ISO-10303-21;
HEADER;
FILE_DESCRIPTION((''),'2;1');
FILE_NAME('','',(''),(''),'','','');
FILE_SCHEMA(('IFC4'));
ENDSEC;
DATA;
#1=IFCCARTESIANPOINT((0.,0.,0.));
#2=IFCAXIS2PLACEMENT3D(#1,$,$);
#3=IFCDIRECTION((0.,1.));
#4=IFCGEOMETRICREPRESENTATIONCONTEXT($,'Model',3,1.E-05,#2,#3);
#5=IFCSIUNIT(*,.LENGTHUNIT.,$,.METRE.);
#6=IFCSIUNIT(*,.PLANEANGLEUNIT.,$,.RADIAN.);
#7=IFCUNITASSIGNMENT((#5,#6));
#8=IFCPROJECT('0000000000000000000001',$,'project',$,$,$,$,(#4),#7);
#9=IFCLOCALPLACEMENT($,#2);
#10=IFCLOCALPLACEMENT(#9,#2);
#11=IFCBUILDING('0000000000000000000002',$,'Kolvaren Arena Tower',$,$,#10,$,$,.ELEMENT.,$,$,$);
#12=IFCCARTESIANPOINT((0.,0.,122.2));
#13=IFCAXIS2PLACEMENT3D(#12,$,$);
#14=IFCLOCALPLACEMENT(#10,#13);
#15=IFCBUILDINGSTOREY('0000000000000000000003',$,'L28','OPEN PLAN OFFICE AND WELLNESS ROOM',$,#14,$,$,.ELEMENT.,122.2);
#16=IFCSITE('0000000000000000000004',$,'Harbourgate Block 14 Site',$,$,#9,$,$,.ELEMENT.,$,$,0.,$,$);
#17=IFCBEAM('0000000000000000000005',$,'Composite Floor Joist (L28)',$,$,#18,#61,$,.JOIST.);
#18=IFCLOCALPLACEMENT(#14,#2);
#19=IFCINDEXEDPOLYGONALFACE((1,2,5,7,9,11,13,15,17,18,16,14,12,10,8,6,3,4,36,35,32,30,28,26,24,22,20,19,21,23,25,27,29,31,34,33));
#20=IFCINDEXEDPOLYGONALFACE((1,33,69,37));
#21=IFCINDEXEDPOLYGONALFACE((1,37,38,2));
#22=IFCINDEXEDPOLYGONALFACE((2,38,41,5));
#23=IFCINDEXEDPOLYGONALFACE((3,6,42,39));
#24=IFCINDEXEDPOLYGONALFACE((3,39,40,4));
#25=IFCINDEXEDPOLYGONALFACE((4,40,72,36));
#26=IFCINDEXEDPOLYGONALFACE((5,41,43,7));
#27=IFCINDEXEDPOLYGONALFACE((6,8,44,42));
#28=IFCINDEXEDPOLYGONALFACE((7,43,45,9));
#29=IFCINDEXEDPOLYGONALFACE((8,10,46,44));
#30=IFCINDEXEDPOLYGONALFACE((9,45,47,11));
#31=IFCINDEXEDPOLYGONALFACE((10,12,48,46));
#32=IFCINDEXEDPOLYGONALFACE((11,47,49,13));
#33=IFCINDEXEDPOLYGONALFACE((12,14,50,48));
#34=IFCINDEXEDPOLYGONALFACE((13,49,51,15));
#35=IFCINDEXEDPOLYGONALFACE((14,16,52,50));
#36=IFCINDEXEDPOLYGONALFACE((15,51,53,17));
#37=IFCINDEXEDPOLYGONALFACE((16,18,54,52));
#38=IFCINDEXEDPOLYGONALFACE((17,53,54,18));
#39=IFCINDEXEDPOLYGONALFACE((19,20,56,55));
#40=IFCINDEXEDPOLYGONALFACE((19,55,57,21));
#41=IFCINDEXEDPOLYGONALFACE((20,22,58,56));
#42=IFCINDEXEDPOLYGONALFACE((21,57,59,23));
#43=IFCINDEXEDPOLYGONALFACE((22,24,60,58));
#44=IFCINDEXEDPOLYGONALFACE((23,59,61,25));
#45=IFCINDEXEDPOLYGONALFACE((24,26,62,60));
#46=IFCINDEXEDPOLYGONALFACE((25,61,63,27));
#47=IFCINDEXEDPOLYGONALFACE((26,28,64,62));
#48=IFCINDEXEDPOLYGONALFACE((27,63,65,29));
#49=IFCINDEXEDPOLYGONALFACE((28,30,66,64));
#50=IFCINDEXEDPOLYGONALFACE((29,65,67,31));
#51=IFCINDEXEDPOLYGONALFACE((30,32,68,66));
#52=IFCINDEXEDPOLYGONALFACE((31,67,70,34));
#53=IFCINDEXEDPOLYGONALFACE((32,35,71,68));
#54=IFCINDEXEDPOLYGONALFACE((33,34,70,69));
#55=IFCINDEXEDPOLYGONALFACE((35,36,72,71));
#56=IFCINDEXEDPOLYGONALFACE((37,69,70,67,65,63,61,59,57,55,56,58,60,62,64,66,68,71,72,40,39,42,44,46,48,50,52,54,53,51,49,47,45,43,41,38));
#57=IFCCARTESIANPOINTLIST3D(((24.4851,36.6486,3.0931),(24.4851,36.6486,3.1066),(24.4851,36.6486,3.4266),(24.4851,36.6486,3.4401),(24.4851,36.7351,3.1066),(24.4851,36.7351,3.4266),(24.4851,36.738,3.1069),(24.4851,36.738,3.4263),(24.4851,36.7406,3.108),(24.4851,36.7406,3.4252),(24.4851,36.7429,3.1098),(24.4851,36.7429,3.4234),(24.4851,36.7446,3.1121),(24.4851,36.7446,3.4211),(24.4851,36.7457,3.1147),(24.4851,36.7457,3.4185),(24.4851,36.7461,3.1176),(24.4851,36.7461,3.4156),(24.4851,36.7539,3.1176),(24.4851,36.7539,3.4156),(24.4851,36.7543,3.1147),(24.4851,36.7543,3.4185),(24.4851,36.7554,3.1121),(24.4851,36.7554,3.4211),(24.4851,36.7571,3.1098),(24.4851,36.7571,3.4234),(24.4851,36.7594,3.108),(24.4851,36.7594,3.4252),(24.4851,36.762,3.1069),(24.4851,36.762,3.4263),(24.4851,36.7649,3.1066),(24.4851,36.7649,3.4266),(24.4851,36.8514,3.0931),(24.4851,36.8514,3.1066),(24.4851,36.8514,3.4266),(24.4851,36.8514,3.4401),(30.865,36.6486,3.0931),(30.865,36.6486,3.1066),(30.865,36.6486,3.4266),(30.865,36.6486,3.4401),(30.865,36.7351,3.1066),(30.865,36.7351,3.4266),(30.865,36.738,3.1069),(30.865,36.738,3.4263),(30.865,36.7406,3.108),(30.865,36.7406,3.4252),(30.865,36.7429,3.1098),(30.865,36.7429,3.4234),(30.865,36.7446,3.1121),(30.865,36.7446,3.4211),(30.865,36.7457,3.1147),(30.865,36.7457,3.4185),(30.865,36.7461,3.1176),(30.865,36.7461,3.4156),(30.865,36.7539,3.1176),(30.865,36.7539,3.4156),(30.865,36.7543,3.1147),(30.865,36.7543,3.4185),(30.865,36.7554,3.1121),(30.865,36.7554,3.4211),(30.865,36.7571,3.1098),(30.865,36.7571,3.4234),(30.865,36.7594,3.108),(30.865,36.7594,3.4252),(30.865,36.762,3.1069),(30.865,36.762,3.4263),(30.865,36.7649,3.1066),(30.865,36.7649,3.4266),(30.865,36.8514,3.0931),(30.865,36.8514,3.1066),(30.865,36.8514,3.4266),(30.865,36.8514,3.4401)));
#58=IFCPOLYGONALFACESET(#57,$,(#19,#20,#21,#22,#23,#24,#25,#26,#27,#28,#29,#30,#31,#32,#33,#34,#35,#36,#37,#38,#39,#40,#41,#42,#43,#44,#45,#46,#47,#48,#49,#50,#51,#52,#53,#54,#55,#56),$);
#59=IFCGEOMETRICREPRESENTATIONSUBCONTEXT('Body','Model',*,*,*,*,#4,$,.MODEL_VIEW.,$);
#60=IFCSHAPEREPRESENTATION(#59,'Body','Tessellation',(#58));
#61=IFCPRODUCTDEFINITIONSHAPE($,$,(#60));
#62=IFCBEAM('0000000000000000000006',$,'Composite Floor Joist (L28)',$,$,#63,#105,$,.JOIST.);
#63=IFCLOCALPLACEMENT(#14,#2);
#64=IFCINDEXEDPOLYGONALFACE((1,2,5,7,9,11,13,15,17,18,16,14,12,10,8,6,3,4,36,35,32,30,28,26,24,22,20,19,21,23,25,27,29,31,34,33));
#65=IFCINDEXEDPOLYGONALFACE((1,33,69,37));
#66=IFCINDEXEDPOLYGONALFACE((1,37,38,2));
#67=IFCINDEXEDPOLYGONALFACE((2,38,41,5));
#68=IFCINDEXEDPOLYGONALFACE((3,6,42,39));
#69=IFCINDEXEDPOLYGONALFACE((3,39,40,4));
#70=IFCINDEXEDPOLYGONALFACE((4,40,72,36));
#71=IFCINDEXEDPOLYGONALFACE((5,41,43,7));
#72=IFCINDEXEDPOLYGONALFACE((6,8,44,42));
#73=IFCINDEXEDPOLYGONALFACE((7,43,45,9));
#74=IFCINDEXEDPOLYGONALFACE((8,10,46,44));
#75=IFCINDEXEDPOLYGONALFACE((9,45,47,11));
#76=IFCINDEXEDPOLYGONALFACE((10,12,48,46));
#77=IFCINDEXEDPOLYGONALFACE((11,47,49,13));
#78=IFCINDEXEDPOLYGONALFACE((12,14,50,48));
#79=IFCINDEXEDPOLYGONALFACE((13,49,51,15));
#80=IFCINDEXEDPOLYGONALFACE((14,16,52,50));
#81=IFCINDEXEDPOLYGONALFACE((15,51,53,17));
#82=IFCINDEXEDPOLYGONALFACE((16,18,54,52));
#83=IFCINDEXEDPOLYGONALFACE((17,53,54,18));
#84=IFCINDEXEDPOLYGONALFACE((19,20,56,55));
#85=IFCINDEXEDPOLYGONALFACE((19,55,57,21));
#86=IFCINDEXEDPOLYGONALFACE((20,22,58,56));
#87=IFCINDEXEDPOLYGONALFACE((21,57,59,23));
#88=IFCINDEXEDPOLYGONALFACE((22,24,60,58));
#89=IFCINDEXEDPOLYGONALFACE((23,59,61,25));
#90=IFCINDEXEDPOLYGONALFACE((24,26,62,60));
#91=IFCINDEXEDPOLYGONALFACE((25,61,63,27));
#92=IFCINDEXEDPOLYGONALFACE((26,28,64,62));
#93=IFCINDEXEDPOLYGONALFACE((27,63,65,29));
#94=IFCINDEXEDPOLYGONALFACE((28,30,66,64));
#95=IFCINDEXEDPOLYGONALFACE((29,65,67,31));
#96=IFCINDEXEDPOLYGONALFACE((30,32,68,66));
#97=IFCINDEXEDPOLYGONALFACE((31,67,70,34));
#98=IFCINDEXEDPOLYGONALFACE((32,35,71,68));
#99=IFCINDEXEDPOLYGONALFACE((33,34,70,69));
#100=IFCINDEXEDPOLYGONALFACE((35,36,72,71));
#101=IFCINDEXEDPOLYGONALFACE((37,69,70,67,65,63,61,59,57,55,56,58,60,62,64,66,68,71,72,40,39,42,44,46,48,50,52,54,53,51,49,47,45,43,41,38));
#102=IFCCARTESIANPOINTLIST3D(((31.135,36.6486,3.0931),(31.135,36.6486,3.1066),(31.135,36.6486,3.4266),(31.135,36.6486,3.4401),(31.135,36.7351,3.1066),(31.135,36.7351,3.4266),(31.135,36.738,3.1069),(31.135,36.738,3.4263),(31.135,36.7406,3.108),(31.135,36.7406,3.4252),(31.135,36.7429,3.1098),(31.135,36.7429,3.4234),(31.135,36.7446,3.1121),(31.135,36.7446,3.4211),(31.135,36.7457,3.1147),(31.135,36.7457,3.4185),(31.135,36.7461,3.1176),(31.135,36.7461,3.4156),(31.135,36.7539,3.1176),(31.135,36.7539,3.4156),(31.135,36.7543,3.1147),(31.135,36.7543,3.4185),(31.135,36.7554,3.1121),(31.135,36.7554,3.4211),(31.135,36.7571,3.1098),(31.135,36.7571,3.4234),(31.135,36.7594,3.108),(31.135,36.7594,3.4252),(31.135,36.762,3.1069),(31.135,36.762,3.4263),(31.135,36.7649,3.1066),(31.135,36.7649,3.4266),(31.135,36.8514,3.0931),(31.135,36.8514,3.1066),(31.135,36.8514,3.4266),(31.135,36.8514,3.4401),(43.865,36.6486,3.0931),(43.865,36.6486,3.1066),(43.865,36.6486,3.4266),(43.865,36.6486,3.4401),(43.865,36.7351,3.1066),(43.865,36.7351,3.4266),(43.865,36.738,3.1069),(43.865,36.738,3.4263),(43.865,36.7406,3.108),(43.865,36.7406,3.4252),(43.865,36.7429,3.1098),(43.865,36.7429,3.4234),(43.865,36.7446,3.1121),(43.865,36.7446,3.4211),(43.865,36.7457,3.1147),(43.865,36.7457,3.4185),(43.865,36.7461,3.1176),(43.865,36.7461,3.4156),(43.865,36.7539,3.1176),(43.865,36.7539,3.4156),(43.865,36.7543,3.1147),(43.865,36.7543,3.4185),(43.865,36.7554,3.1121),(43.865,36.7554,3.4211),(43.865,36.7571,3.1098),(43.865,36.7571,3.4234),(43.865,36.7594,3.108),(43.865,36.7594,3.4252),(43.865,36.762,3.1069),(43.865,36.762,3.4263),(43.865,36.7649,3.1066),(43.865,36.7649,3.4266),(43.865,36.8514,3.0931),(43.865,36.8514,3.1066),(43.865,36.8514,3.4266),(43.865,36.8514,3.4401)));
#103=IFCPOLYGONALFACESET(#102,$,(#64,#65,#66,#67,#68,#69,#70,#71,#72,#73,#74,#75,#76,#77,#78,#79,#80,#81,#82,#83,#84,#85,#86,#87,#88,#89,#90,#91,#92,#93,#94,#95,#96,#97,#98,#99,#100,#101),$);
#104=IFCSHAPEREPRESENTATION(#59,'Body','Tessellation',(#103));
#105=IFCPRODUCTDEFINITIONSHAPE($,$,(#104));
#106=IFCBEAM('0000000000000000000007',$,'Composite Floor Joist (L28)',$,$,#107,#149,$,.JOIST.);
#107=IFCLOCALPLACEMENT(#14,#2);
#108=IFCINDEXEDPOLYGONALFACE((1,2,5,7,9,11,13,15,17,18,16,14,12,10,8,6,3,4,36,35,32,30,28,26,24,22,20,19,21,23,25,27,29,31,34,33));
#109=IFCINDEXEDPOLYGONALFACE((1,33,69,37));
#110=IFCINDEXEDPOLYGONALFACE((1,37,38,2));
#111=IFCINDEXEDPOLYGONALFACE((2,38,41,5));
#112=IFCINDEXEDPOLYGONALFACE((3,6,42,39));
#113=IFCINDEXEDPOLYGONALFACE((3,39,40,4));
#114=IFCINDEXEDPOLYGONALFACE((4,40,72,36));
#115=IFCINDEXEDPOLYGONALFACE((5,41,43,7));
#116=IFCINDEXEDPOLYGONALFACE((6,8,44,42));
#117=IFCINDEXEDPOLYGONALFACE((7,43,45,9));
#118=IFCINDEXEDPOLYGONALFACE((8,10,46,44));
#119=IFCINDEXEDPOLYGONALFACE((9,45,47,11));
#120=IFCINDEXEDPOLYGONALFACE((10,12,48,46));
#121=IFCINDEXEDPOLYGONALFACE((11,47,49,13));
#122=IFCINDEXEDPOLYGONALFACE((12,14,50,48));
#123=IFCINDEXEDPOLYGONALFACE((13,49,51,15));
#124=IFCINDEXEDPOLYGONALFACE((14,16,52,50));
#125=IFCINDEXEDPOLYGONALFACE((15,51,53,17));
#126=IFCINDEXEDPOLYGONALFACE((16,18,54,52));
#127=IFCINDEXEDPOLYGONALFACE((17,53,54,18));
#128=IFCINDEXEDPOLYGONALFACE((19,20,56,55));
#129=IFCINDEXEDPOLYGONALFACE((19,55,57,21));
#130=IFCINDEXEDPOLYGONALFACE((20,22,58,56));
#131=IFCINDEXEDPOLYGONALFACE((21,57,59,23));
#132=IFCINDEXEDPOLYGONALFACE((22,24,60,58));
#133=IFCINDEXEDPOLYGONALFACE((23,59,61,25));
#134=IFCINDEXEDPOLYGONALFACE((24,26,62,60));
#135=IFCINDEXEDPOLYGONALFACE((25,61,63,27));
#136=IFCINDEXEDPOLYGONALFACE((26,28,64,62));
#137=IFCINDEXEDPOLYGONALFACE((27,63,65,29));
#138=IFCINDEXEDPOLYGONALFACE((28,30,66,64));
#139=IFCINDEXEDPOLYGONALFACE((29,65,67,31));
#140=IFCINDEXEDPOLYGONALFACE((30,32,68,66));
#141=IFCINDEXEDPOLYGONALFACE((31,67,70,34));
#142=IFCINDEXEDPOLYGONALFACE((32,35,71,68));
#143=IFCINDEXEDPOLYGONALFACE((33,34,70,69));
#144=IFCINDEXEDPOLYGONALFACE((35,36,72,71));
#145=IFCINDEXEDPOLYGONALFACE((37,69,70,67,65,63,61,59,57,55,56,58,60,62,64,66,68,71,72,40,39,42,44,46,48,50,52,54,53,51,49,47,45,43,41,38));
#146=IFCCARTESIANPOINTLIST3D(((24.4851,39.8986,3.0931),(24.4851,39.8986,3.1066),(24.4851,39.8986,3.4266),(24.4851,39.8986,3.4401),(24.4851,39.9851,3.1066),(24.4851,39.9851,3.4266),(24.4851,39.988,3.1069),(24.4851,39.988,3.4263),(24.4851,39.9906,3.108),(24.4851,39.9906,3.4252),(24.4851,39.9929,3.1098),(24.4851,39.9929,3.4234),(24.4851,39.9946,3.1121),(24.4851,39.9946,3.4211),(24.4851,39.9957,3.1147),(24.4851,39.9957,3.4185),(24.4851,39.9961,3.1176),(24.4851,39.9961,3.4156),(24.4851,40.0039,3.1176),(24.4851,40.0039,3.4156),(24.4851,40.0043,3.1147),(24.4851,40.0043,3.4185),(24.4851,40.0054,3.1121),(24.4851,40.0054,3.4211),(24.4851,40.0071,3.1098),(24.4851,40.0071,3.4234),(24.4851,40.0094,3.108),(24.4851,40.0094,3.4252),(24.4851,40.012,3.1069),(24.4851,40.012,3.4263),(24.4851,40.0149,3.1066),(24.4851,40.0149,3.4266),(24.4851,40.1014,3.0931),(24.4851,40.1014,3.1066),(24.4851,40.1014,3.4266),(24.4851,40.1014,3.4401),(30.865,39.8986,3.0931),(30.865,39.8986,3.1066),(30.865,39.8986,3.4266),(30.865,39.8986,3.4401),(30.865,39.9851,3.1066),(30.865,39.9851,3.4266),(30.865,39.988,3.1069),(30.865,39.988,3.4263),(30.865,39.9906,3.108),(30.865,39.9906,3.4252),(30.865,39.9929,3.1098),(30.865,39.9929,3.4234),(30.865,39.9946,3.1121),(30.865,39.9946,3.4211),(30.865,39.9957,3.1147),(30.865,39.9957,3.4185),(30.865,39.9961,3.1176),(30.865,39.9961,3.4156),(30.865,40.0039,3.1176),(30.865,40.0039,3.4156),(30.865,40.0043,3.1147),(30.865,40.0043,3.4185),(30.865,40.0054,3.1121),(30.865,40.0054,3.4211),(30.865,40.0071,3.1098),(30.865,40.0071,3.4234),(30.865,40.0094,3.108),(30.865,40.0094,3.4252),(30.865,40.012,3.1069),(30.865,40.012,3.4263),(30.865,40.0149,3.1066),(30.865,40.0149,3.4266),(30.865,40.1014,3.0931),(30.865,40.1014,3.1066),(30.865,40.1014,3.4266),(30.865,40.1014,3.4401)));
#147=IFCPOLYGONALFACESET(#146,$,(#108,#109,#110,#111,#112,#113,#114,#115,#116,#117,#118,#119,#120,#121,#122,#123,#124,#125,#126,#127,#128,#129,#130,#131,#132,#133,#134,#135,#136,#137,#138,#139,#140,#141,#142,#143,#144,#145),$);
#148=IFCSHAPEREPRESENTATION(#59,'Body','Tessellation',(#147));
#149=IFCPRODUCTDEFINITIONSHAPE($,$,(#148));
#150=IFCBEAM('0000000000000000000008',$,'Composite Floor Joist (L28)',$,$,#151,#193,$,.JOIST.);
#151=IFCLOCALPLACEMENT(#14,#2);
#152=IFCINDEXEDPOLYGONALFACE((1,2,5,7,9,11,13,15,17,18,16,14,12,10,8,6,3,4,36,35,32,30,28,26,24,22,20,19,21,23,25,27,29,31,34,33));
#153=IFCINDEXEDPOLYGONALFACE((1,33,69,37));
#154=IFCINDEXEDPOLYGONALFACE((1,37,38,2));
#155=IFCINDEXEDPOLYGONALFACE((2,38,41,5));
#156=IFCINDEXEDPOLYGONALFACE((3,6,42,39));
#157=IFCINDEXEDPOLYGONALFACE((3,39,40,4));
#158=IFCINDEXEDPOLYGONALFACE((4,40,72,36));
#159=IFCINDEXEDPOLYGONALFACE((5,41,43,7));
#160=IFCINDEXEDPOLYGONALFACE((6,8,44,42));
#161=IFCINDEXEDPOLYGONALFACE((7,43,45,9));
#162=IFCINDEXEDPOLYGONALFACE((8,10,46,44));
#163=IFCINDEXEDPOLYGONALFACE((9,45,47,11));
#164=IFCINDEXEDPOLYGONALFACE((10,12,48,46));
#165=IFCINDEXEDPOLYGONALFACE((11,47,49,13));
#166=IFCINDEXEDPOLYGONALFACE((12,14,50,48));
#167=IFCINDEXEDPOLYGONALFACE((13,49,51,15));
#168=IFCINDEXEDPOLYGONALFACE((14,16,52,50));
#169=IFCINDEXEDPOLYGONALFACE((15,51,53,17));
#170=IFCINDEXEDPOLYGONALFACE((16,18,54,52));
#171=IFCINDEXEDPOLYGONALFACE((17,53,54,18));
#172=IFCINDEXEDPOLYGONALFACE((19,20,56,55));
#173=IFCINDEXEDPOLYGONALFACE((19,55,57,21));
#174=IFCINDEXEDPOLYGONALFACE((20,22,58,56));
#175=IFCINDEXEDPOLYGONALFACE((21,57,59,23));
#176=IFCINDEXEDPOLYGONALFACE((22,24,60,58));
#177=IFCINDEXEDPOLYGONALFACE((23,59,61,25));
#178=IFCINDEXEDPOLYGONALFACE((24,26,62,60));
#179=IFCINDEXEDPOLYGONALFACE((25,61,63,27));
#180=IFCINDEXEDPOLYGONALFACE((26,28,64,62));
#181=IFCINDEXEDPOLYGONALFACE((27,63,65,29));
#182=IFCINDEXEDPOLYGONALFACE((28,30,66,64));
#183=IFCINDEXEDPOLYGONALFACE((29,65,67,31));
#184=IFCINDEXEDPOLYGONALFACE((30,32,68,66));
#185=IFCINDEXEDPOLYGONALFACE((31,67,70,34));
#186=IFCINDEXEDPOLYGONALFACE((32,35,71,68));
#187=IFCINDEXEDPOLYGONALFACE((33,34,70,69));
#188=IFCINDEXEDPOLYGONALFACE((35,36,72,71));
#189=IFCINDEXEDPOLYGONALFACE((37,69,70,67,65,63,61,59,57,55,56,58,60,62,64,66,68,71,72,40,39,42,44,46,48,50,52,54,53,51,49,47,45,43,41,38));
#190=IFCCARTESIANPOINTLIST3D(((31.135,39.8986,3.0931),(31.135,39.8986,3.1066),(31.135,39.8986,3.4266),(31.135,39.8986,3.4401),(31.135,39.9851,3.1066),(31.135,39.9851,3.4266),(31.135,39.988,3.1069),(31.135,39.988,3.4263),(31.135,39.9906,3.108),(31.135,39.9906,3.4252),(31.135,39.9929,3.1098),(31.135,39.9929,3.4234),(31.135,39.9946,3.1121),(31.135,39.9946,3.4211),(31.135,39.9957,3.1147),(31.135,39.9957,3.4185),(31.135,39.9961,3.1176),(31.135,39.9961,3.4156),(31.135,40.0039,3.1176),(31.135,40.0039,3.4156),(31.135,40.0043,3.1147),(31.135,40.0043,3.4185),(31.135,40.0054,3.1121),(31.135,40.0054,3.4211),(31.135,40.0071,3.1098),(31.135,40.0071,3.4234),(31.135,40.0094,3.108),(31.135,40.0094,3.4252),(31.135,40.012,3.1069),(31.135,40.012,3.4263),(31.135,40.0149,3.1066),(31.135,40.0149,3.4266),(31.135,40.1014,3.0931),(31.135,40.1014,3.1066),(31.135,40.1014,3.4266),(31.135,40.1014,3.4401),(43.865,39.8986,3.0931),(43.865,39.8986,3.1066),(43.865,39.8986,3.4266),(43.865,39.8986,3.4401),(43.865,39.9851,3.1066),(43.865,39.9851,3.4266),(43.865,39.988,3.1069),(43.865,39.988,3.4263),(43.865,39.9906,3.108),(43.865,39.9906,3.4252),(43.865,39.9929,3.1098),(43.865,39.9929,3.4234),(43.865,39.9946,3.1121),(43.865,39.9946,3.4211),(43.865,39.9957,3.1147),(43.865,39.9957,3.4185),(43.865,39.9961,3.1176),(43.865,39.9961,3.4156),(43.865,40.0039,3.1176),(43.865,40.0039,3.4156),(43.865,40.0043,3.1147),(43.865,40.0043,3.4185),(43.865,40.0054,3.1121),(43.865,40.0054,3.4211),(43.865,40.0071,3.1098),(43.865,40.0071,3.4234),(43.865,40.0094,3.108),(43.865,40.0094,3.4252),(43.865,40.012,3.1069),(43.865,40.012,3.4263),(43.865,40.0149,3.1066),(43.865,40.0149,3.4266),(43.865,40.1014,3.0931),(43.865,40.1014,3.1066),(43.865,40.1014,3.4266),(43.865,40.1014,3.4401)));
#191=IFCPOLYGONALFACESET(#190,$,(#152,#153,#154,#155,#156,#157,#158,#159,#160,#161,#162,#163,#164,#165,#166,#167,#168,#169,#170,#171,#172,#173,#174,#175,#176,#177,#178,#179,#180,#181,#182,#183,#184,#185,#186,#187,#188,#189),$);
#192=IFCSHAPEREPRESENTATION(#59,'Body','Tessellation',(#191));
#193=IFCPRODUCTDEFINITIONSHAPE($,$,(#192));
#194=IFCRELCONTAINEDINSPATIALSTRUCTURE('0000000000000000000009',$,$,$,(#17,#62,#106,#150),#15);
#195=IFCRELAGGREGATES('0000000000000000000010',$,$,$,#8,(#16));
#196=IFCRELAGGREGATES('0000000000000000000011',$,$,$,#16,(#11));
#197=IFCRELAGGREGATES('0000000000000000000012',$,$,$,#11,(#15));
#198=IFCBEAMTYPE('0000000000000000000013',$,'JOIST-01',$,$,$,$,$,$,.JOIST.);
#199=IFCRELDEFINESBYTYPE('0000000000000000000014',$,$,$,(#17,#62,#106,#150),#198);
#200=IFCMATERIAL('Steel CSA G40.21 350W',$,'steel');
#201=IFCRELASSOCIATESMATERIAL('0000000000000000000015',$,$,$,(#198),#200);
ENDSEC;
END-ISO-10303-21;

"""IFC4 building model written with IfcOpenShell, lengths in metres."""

from ifc_helpers import new_model, si_unit, direction, frame, origin, origin_2d, place, context, subcontext, project, spatial, i_section, extrude, material, material_profile, profile_set, type_object, element, save


model = new_model("IFC4")

# Units and contexts
model_context = context("Model", 3, precision=1e-05, world=origin(), true_north=direction((0.0, 1.0)))
body_context = subcontext(model_context, "Body", "Model", "MODEL_VIEW")
ifc_project = project(units=[si_unit("LENGTHUNIT", "METRE"), si_unit("PLANEANGLEUNIT", "RADIAN")], contexts=[model_context])

# Site, building, storey
site_placement = place(None, origin())
site = spatial("IfcSite", under=ifc_project, at=site_placement, Name="Harbourgate Block 14 Site", CompositionType="ELEMENT", RefElevation=0.0)
building_placement = place(site_placement, origin())
building = spatial("IfcBuilding", under=site, at=building_placement, Name="Kolvaren Arena Tower", CompositionType="ELEMENT")
storey_placement = place(building_placement, frame((0.0, 0.0, 122.2)))
storey = spatial("IfcBuildingStorey", under=building, at=storey_placement, Name="L28", Description="OPEN PLAN OFFICE AND WELLNESS ROOM", CompositionType="ELEMENT", Elevation=122.2)

# Beams
ifc_material_1 = material(Name="Steel CSA G40.21 350W", Category="steel")
ifc_material_profile_1 = material_profile(ifc_material_1, i_section(OverallWidth=0.2029, OverallDepth=0.3469, WebThickness=0.0078, FlangeThickness=0.0134, FilletRadius=0.011, at=origin_2d()), Name="W360x64")
ifc_profile_set_1 = profile_set([ifc_material_profile_1], Name="Steel CSA G40.21 350W")
beam_type_1 = type_object("IfcBeamType", Name="JOIST-01", PredefinedType="JOIST", material=ifc_profile_set_1)
beam_1_placement = place(storey_placement, frame((24.4851, 36.75, 3.2666), z_axis=(1.0, 0.0, 0.0), x_axis=(0.0, 1.0, 0.0)))
element("IfcBeam", 1, at=beam_1_placement, inside=storey, type_object=beam_type_1, Name="Composite Floor Joist (L28)", PredefinedType="JOIST", context=body_context, shape_type="SweptSolid", body=[
    extrude(i_section(OverallWidth=0.2029, OverallDepth=0.3469, WebThickness=0.0078, FlangeThickness=0.0134, FilletRadius=0.011, at=origin_2d()), origin(), (0.0, 0.0, 1.0), 6.3799),
])
beam_2_placement = place(storey_placement, frame((31.135, 36.75, 3.2666), z_axis=(1.0, 0.0, 0.0), x_axis=(0.0, 1.0, 0.0)))
element("IfcBeam", 2, at=beam_2_placement, inside=storey, type_object=beam_type_1, Name="Composite Floor Joist (L28)", PredefinedType="JOIST", context=body_context, shape_type="SweptSolid", body=[
    extrude(i_section(OverallWidth=0.2029, OverallDepth=0.3469, WebThickness=0.0078, FlangeThickness=0.0134, FilletRadius=0.011, at=origin_2d()), origin(), (0.0, 0.0, 1.0), 12.73),
])
beam_3_placement = place(storey_placement, frame((24.4851, 40.0, 3.2666), z_axis=(1.0, 0.0, 0.0), x_axis=(0.0, 1.0, 0.0)))
element("IfcBeam", 3, at=beam_3_placement, inside=storey, type_object=beam_type_1, Name="Composite Floor Joist (L28)", PredefinedType="JOIST", context=body_context, shape_type="SweptSolid", body=[
    extrude(i_section(OverallWidth=0.2029, OverallDepth=0.3469, WebThickness=0.0078, FlangeThickness=0.0134, FilletRadius=0.011, at=origin_2d()), origin(), (0.0, 0.0, 1.0), 6.3799),
])
beam_4_placement = place(storey_placement, frame((31.135, 40.0, 3.2666), z_axis=(1.0, 0.0, 0.0), x_axis=(0.0, 1.0, 0.0)))
element("IfcBeam", 4, at=beam_4_placement, inside=storey, type_object=beam_type_1, Name="Composite Floor Joist (L28)", PredefinedType="JOIST", context=body_context, shape_type="SweptSolid", body=[
    extrude(i_section(OverallWidth=0.2029, OverallDepth=0.3469, WebThickness=0.0078, FlangeThickness=0.0134, FilletRadius=0.011, at=origin_2d()), origin(), (0.0, 0.0, 1.0), 12.73),
])

save(model, "model.ifc")
